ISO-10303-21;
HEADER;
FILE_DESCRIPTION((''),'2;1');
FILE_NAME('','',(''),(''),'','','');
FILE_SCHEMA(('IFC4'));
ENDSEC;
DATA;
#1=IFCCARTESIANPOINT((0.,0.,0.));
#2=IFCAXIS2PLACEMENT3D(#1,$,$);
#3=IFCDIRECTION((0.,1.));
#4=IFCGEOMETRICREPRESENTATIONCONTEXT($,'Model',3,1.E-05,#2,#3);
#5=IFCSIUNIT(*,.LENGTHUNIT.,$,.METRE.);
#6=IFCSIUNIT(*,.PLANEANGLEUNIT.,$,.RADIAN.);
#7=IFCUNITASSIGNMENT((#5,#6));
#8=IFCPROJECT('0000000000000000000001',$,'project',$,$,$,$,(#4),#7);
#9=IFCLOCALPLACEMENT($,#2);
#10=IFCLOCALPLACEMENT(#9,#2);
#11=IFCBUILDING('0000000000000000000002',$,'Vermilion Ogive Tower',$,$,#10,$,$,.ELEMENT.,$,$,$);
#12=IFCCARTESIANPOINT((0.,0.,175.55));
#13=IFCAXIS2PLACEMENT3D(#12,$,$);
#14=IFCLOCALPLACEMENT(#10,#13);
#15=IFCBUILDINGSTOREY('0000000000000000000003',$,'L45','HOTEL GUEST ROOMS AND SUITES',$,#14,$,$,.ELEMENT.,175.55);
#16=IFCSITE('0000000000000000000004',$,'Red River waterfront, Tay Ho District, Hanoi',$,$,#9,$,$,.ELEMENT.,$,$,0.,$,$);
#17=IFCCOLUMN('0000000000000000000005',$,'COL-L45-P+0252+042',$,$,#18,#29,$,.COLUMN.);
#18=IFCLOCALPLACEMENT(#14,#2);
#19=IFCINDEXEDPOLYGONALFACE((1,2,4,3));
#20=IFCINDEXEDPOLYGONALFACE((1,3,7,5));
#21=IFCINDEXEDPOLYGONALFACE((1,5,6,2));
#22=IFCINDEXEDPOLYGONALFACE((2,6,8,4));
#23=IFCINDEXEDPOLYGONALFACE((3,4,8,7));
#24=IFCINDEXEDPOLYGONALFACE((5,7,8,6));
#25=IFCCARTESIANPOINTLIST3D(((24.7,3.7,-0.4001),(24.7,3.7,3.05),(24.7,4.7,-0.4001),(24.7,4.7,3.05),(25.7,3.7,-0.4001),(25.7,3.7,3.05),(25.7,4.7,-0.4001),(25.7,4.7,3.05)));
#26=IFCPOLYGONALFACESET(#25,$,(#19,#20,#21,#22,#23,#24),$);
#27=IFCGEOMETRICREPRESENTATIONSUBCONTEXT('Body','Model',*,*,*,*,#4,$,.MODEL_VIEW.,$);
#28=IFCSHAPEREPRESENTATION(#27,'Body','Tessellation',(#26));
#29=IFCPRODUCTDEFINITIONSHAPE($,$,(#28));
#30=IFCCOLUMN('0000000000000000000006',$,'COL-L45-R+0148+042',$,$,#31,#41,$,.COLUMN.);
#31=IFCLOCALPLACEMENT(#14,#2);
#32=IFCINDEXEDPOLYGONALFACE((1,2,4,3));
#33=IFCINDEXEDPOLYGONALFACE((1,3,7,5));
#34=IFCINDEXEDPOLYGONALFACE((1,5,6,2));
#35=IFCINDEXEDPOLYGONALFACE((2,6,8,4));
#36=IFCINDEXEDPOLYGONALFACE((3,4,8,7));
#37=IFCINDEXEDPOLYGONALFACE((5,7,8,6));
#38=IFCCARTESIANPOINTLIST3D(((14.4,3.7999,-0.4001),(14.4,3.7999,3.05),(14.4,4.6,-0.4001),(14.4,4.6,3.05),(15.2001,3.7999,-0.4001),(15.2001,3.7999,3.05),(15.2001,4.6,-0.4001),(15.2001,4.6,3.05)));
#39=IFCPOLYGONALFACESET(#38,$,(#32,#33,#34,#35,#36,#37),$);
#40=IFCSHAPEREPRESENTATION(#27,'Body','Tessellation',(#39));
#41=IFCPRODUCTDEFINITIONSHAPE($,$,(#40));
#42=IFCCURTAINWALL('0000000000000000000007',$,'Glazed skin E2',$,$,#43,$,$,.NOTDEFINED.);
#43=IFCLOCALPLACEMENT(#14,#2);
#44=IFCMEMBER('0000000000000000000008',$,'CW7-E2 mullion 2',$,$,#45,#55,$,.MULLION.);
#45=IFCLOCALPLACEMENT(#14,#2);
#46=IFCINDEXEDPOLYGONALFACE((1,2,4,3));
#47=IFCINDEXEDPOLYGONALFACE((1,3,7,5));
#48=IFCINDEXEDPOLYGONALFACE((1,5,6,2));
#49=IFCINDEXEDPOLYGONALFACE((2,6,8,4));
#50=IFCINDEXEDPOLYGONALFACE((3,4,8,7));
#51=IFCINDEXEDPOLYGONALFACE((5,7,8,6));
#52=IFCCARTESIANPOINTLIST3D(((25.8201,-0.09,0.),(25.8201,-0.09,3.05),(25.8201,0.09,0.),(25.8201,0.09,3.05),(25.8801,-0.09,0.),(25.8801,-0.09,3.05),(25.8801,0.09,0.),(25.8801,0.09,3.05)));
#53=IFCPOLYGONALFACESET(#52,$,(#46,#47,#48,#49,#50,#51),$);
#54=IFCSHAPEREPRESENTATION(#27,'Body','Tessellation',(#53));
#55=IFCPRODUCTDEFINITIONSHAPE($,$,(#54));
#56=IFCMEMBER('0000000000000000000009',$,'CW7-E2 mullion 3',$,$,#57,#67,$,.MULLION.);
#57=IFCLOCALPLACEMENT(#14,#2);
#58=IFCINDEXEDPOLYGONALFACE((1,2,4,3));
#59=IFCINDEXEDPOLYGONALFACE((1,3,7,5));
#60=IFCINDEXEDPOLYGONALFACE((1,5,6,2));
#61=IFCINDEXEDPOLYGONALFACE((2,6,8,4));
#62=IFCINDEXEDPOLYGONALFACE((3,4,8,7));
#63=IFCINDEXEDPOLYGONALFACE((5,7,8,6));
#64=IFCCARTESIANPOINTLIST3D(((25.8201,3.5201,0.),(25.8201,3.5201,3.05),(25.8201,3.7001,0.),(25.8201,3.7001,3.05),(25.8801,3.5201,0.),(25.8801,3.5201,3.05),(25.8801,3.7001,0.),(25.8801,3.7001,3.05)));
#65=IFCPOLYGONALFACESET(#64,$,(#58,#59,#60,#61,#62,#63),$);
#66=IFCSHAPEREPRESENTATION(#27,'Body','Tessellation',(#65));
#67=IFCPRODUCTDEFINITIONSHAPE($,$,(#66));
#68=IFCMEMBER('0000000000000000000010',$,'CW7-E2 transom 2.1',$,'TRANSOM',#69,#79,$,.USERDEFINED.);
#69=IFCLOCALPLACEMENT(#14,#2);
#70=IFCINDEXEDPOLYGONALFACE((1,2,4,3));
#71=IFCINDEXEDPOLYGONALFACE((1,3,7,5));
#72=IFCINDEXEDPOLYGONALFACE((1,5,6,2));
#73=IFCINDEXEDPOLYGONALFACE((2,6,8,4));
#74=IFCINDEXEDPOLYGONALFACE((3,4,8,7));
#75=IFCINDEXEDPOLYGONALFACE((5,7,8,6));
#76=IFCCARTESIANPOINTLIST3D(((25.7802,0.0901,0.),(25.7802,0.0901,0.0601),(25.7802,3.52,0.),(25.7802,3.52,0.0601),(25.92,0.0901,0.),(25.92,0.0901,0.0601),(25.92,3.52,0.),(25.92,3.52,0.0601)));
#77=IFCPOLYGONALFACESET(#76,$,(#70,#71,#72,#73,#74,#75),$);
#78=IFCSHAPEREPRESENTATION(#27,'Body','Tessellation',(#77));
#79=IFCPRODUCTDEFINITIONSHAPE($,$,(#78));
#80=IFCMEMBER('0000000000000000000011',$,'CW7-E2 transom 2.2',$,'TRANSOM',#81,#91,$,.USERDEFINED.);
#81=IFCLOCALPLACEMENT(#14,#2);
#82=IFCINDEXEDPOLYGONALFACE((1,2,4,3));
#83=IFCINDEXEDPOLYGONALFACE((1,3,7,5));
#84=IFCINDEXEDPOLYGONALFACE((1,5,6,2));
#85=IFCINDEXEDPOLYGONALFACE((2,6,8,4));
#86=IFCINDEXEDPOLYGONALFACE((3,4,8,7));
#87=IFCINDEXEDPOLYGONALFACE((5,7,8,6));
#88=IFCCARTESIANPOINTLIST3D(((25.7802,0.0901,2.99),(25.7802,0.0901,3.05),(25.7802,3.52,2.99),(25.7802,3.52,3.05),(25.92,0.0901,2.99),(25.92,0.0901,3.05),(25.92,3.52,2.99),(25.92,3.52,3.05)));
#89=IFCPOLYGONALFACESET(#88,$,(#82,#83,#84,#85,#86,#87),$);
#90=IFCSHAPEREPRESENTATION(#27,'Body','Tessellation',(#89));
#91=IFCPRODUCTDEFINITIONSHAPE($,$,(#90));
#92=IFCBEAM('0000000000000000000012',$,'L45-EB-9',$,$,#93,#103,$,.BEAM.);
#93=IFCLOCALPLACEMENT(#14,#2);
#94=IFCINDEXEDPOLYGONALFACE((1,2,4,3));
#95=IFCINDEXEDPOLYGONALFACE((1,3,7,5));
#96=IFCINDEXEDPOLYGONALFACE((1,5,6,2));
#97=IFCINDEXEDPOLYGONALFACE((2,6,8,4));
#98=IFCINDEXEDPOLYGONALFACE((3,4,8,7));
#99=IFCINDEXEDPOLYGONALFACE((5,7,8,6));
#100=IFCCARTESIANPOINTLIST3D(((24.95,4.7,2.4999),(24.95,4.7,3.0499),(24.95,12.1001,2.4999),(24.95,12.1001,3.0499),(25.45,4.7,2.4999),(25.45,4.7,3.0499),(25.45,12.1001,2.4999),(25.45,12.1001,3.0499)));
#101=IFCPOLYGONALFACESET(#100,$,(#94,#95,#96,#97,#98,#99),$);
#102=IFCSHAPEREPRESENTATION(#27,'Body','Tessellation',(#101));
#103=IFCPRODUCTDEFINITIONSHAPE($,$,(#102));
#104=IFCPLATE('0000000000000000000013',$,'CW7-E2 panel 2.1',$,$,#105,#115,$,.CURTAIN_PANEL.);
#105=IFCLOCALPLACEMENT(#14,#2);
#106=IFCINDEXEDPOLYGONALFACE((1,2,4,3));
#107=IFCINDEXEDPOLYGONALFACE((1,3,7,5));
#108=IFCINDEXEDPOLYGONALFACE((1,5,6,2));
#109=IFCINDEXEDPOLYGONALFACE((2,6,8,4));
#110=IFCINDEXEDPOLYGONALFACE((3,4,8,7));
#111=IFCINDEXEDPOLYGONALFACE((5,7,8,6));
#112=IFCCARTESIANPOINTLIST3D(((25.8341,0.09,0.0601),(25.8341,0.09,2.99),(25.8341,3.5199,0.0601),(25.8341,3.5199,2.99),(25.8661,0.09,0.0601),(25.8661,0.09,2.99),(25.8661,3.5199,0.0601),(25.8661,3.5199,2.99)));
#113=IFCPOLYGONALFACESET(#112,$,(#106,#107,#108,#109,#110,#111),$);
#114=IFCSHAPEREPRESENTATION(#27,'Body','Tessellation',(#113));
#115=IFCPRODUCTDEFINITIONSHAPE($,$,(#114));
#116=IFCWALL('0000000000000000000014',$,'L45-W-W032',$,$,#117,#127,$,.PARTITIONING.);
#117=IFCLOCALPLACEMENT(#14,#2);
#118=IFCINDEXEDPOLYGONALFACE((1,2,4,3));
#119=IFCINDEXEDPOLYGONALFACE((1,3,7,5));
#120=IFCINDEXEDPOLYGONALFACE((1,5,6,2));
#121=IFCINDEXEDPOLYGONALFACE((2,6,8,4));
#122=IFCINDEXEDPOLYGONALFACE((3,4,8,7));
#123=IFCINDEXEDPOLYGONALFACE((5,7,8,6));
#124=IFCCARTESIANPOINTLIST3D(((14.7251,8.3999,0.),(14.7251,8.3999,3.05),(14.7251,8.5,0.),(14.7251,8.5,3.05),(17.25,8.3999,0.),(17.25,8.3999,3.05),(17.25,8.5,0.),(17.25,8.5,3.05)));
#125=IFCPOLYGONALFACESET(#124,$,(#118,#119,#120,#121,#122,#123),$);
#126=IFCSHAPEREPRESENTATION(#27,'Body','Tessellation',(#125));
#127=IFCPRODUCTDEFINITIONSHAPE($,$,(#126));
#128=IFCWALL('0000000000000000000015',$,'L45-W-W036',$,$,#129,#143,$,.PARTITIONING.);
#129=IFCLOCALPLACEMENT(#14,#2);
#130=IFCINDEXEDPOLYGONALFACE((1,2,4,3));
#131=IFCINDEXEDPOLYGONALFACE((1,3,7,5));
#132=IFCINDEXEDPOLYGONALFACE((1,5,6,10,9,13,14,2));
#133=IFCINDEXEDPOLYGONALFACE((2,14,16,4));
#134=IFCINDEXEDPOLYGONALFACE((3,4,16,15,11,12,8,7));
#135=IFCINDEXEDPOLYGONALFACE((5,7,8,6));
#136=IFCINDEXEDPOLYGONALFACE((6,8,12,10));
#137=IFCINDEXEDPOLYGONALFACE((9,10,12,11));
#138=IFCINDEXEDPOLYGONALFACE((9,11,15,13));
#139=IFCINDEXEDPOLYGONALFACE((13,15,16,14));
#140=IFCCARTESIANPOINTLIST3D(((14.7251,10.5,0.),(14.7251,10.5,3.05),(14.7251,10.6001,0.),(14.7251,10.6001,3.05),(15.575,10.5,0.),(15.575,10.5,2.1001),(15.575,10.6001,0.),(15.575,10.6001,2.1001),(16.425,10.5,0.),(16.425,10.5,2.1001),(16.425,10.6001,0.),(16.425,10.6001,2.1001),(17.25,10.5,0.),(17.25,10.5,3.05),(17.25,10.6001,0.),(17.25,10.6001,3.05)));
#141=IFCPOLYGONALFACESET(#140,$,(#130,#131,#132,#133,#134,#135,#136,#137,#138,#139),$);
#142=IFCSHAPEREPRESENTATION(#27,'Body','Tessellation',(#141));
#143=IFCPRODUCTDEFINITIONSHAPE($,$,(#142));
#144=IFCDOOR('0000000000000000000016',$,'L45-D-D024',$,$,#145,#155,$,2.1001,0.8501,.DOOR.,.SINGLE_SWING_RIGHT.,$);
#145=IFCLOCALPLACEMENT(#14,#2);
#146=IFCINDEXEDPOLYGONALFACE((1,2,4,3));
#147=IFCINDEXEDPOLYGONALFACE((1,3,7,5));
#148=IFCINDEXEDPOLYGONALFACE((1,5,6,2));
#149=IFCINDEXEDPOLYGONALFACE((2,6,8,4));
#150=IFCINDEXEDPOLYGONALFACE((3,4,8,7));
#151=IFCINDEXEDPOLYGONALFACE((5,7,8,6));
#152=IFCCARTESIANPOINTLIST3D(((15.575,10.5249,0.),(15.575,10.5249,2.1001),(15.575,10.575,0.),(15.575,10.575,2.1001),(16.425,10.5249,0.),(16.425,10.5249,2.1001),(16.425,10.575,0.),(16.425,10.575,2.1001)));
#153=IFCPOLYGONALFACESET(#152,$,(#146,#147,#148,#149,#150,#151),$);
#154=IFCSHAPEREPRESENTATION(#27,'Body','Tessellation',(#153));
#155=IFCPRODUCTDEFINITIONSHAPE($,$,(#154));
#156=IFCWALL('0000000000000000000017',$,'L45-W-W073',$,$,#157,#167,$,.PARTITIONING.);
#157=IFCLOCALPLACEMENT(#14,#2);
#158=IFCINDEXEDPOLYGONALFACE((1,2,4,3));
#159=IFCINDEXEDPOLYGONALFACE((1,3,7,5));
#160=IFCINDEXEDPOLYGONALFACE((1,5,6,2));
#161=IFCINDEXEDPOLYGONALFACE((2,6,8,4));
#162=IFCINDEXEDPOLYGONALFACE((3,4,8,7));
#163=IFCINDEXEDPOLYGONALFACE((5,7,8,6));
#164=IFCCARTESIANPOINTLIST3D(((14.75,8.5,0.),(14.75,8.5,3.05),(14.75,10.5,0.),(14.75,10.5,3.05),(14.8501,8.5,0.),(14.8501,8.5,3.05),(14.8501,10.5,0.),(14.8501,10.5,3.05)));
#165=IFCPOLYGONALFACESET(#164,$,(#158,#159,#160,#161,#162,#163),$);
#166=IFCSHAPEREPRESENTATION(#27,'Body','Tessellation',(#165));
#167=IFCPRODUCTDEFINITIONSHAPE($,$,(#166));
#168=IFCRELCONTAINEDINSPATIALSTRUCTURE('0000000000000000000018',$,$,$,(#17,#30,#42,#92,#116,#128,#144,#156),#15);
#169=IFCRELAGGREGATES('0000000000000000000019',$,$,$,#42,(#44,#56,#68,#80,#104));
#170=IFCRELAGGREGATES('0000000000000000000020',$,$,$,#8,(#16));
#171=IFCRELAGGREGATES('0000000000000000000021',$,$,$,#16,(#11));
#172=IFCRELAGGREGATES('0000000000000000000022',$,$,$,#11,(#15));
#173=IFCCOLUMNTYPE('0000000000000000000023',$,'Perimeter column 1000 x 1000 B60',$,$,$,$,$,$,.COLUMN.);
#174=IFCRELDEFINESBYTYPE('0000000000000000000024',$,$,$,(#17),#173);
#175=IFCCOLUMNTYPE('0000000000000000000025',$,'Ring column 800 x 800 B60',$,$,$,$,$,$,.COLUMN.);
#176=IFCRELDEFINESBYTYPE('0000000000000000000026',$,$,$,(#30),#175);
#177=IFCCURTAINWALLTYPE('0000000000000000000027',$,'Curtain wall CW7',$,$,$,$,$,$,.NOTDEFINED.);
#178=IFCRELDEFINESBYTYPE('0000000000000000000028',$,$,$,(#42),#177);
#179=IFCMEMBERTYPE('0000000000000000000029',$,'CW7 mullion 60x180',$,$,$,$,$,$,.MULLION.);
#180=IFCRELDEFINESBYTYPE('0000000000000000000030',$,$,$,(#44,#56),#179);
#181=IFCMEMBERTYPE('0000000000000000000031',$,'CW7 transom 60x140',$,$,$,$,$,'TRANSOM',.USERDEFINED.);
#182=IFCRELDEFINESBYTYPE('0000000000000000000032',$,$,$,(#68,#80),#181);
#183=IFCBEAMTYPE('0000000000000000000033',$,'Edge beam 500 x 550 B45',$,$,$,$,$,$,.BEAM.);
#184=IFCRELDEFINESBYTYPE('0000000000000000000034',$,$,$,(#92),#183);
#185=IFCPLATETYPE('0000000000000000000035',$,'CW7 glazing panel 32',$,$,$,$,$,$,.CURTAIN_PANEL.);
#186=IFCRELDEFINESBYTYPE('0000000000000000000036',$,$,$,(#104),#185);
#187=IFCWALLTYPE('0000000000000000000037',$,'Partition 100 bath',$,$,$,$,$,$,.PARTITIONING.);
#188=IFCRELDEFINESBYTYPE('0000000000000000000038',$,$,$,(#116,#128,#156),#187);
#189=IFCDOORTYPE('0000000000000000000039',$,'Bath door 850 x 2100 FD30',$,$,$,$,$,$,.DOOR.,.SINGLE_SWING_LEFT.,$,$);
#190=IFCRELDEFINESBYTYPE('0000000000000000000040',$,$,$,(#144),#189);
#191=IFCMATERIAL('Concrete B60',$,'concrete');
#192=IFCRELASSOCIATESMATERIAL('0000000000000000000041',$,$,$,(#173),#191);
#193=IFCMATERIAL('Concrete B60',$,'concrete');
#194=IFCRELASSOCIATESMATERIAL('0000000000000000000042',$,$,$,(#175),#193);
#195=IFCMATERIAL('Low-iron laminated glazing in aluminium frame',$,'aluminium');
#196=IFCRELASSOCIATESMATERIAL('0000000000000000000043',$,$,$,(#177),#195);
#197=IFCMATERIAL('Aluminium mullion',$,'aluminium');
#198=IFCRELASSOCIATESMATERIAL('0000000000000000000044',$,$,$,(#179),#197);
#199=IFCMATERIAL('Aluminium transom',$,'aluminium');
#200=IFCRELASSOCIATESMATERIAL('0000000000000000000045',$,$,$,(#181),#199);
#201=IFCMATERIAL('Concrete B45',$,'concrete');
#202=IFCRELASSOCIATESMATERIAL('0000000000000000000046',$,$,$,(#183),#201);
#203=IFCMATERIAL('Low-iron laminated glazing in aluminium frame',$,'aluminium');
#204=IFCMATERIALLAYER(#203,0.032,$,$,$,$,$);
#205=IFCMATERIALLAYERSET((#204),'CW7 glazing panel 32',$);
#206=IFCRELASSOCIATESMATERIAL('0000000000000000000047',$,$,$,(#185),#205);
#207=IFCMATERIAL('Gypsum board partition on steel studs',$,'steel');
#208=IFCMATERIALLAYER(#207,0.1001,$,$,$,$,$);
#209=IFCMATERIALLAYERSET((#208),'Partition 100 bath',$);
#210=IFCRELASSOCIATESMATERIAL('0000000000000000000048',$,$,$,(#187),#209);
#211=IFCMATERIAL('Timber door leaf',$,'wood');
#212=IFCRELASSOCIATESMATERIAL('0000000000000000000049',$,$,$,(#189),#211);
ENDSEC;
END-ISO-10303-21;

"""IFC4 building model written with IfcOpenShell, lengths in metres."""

from ifc_helpers import new_model, si_unit, direction, frame, frame_2d, origin, origin_2d, place, context, subcontext, project, spatial, rectangle, extrude, material, layer, layer_set, material_profile, profile_set, type_object, element, fill, aggregate, save


model = new_model("IFC4")

# Units and contexts
model_context = context("Model", 3, precision=1e-05, world=origin(), true_north=direction((0.0, 1.0)))
body_context = subcontext(model_context, "Body", "Model", "MODEL_VIEW")
ifc_project = project(units=[si_unit("LENGTHUNIT", "METRE"), si_unit("PLANEANGLEUNIT", "RADIAN")], contexts=[model_context])

# Site, building, storey
site_placement = place(None, origin())
site = spatial("IfcSite", under=ifc_project, at=site_placement, Name="Red River waterfront, Tay Ho District, Hanoi", CompositionType="ELEMENT", RefElevation=0.0)
building_placement = place(site_placement, origin())
building = spatial("IfcBuilding", under=site, at=building_placement, Name="Vermilion Ogive Tower", CompositionType="ELEMENT")
storey_placement = place(building_placement, frame((0.0, 0.0, 175.55)))
storey = spatial("IfcBuildingStorey", under=building, at=storey_placement, Name="L45", Description="HOTEL GUEST ROOMS AND SUITES", CompositionType="ELEMENT", Elevation=175.55)

# Columns
ifc_material_1 = material(Name="Concrete B60", Category="concrete")
ifc_material_profile_1 = material_profile(ifc_material_1, rectangle(XDim=1.0, YDim=1.0, at=origin_2d()), Name="1000 x 1000")
ifc_profile_set_1 = profile_set([ifc_material_profile_1], Name="Concrete B60")
column_type_1 = type_object("IfcColumnType", Name="Perimeter column 1000 x 1000 B60", PredefinedType="COLUMN", material=ifc_profile_set_1)
column_1_placement = place(storey_placement, frame((25.2, 4.2, -0.4001), z_axis=(0.0, 0.0, 1.0), x_axis=(1.0, 0.0, 0.0)))
element("IfcColumn", 1, at=column_1_placement, inside=storey, type_object=column_type_1, Name="COL-L45-P+0252+042", PredefinedType="COLUMN", context=body_context, shape_type="SweptSolid", body=[
    extrude(rectangle(XDim=1.0, YDim=1.0, at=origin_2d()), origin(), (0.0, 0.0, 1.0), 3.4502),
])
ifc_material_2 = material(Name="Concrete B60", Category="concrete")
ifc_material_profile_2 = material_profile(ifc_material_2, rectangle(XDim=0.8, YDim=0.8, at=origin_2d()), Name="800 x 800")
ifc_profile_set_2 = profile_set([ifc_material_profile_2], Name="Concrete B60")
column_type_2 = type_object("IfcColumnType", Name="Ring column 800 x 800 B60", PredefinedType="COLUMN", material=ifc_profile_set_2)
column_2_placement = place(storey_placement, frame((14.8, 4.2, -0.4001), z_axis=(0.0, 0.0, 1.0), x_axis=(1.0, 0.0, 0.0)))
element("IfcColumn", 2, at=column_2_placement, inside=storey, type_object=column_type_2, Name="COL-L45-R+0148+042", PredefinedType="COLUMN", context=body_context, shape_type="SweptSolid", body=[
    extrude(rectangle(XDim=0.8, YDim=0.8, at=origin_2d()), origin(), (0.0, 0.0, 1.0), 3.4502),
])

# Curtain wall, members
ifc_material_3 = material(Name="Low-iron laminated glazing in aluminium frame", Category="aluminium")
curtain_wall_type = type_object("IfcCurtainWallType", Name="Curtain wall CW7", PredefinedType="NOTDEFINED", material=ifc_material_3)
curtain_wall_placement = place(storey_placement, origin())
curtain_wall = element("IfcCurtainWall", 3, at=curtain_wall_placement, inside=storey, type_object=curtain_wall_type, Name="Glazed skin E2", PredefinedType="NOTDEFINED")
ifc_material_4 = material(Name="Aluminium mullion", Category="aluminium")
ifc_material_profile_3 = material_profile(ifc_material_4, rectangle(XDim=0.0601, YDim=0.1799, at=origin_2d()), Name="AL 60x180")
ifc_profile_set_3 = profile_set([ifc_material_profile_3], Name="Aluminium mullion")
member_type_1 = type_object("IfcMemberType", Name="CW7 mullion 60x180", PredefinedType="MULLION", material=ifc_profile_set_3)
member_1_placement = place(storey_placement, frame((25.8501, 0.0, 0.0), z_axis=(0.0, 0.0, 1.0), x_axis=(-1.0, 0.0, 0.0)))
member_1 = element("IfcMember", 4, at=member_1_placement, type_object=member_type_1, Name="CW7-E2 mullion 2", PredefinedType="MULLION", context=body_context, shape_type="SweptSolid", body=[
    extrude(rectangle(XDim=0.0601, YDim=0.1799, at=origin_2d()), origin(), (0.0, 0.0, 1.0), 3.05),
])
member_2_placement = place(storey_placement, frame((25.8501, 3.6101, 0.0), z_axis=(0.0, 0.0, 1.0), x_axis=(-1.0, 0.0, 0.0)))
member_2 = element("IfcMember", 5, at=member_2_placement, type_object=member_type_1, Name="CW7-E2 mullion 3", PredefinedType="MULLION", context=body_context, shape_type="SweptSolid", body=[
    extrude(rectangle(XDim=0.0601, YDim=0.1799, at=origin_2d()), origin(), (0.0, 0.0, 1.0), 3.05),
])
ifc_material_5 = material(Name="Aluminium transom", Category="aluminium")
ifc_material_profile_4 = material_profile(ifc_material_5, rectangle(XDim=0.1399, YDim=0.0601, at=origin_2d()), Name="AL 60x140")
ifc_profile_set_4 = profile_set([ifc_material_profile_4], Name="Aluminium transom")
member_type_2 = type_object("IfcMemberType", Name="CW7 transom 60x140", ElementType="TRANSOM", PredefinedType="USERDEFINED", material=ifc_profile_set_4)
member_3_placement = place(storey_placement, frame((25.8501, 0.0901, 0.03), z_axis=(0.0, 1.0, 0.0), x_axis=(-1.0, 0.0, 0.0)))
member_3 = element("IfcMember", 6, at=member_3_placement, type_object=member_type_2, Name="CW7-E2 transom 2.1", ObjectType="TRANSOM", PredefinedType="USERDEFINED", context=body_context, shape_type="SweptSolid", body=[
    extrude(rectangle(XDim=0.1399, YDim=0.0601, at=origin_2d()), origin(), (0.0, 0.0, 1.0), 3.4299),
])
member_4_placement = place(storey_placement, frame((25.8501, 0.0901, 3.02), z_axis=(0.0, 1.0, 0.0), x_axis=(-1.0, 0.0, 0.0)))
member_4 = element("IfcMember", 7, at=member_4_placement, type_object=member_type_2, Name="CW7-E2 transom 2.2", ObjectType="TRANSOM", PredefinedType="USERDEFINED", context=body_context, shape_type="SweptSolid", body=[
    extrude(rectangle(XDim=0.1399, YDim=0.0601, at=origin_2d()), origin(), (0.0, 0.0, 1.0), 3.4299),
])

# Beam
ifc_material_6 = material(Name="Concrete B45", Category="concrete")
ifc_material_profile_5 = material_profile(ifc_material_6, rectangle(XDim=0.5, YDim=0.55, at=origin_2d()), Name="500 x 550")
ifc_profile_set_5 = profile_set([ifc_material_profile_5], Name="Concrete B45")
beam_type = type_object("IfcBeamType", Name="Edge beam 500 x 550 B45", PredefinedType="BEAM", material=ifc_profile_set_5)
beam_placement = place(storey_placement, frame((25.2, 4.7, 2.7749), z_axis=(0.0, 1.0, 0.0), x_axis=(-1.0, 0.0, 0.0)))
element("IfcBeam", 8, at=beam_placement, inside=storey, type_object=beam_type, Name="L45-EB-9", PredefinedType="BEAM", context=body_context, shape_type="SweptSolid", body=[
    extrude(rectangle(XDim=0.5, YDim=0.55, at=origin_2d()), origin(), (0.0, 0.0, 1.0), 7.4001),
])

# Plate
ifc_material_7 = material(Name="Low-iron laminated glazing in aluminium frame", Category="aluminium")
ifc_layer_1 = layer(ifc_material_7, 0.032)
ifc_layer_set_1 = layer_set([ifc_layer_1], Name="CW7 glazing panel 32")
plate_type = type_object("IfcPlateType", Name="CW7 glazing panel 32", PredefinedType="CURTAIN_PANEL", material=ifc_layer_set_1)
plate_placement = place(storey_placement, frame((25.8501, 1.8049, 0.0601), z_axis=(0.0, 0.0, 1.0), x_axis=(0.0, 1.0, 0.0)))
plate = element("IfcPlate", 9, at=plate_placement, type_object=plate_type, Name="CW7-E2 panel 2.1", PredefinedType="CURTAIN_PANEL", context=body_context, shape_type="SweptSolid", body=[
    extrude(rectangle(XDim=3.4299, YDim=0.032, at=origin_2d()), origin(), (0.0, 0.0, 1.0), 2.9299),
])
aggregate(curtain_wall, [member_1, member_2, member_3, member_4, plate])

# Wall
ifc_material_8 = material(Name="Gypsum board partition on steel studs", Category="steel")
ifc_layer_2 = layer(ifc_material_8, 0.1001)
ifc_layer_set_2 = layer_set([ifc_layer_2], Name="Partition 100 bath")
wall_type_1 = type_object("IfcWallType", Name="Partition 100 bath", PredefinedType="PARTITIONING", material=ifc_layer_set_2)
wall_1_placement = place(storey_placement, frame((14.7251, 8.45, 0.0), z_axis=(0.0, 0.0, 1.0), x_axis=(1.0, 0.0, 0.0)))
element("IfcWall", 10, at=wall_1_placement, inside=storey, type_object=wall_type_1, Name="L45-W-W032", PredefinedType="PARTITIONING", context=body_context, shape_type="SweptSolid", body=[
    extrude(rectangle(XDim=2.5249, YDim=0.1001, at=frame_2d((1.2625, 0.0))), origin(), (0.0, 0.0, 1.0), 3.05),
])

# Wall, opening, door
wall_2_placement = place(storey_placement, frame((14.7251, 10.55, 0.0), z_axis=(0.0, 0.0, 1.0), x_axis=(1.0, 0.0, 0.0)))
wall_2 = element("IfcWall", 11, at=wall_2_placement, inside=storey, type_object=wall_type_1, Name="L45-W-W036", PredefinedType="PARTITIONING", context=body_context, shape_type="SweptSolid", body=[
    extrude(rectangle(XDim=2.5249, YDim=0.1001, at=frame_2d((1.2625, 0.0))), origin(), (0.0, 0.0, 1.0), 3.05),
])
opening_1_placement = place(wall_2_placement, frame((0.8499, 0.0, 0.0)))
opening_1 = element("IfcOpeningElement", 12, at=opening_1_placement, cuts=wall_2, PredefinedType="OPENING", context=body_context, shape_type="SweptSolid", body=[
    extrude(rectangle(XDim=0.8501, YDim=2.1001, at=frame_2d((0.425, 1.05))), frame((0.0, 0.0601, 0.0), z_axis=(0.0, -1.0, 0.0), x_axis=(1.0, 0.0, 0.0)), (0.0, 0.0, 1.0), 0.1201),
])
ifc_material_9 = material(Name="Timber door leaf", Category="wood")
door_type_1 = type_object("IfcDoorType", Name="Bath door 850 x 2100 FD30", OperationType="SINGLE_SWING_LEFT", PredefinedType="DOOR", material=ifc_material_9)
door_1_placement = place(opening_1_placement, origin())
door_1 = element("IfcDoor", 13, at=door_1_placement, inside=storey, type_object=door_type_1, Name="L45-D-D024", OperationType="SINGLE_SWING_RIGHT", OverallHeight=2.1001, OverallWidth=0.8501, PredefinedType="DOOR", context=body_context, shape_type="SweptSolid", body=[
    extrude(rectangle(XDim=0.8501, YDim=2.1001, at=frame_2d((0.425, 1.05))), frame((0.0, 0.0249, 0.0), z_axis=(0.0, -1.0, 0.0), x_axis=(1.0, 0.0, 0.0)), (0.0, 0.0, 1.0), 0.05),
])
fill(opening_1, door_1)

# Wall
wall_3_placement = place(storey_placement, frame((14.8, 8.5, 0.0), z_axis=(0.0, 0.0, 1.0), x_axis=(0.0, 1.0, 0.0)))
element("IfcWall", 14, at=wall_3_placement, inside=storey, type_object=wall_type_1, Name="L45-W-W073", PredefinedType="PARTITIONING", context=body_context, shape_type="SweptSolid", body=[
    extrude(rectangle(XDim=2.0, YDim=0.1001, at=frame_2d((1.0, 0.0))), origin(), (0.0, 0.0, 1.0), 3.05),
])

save(model, "model.ifc")
